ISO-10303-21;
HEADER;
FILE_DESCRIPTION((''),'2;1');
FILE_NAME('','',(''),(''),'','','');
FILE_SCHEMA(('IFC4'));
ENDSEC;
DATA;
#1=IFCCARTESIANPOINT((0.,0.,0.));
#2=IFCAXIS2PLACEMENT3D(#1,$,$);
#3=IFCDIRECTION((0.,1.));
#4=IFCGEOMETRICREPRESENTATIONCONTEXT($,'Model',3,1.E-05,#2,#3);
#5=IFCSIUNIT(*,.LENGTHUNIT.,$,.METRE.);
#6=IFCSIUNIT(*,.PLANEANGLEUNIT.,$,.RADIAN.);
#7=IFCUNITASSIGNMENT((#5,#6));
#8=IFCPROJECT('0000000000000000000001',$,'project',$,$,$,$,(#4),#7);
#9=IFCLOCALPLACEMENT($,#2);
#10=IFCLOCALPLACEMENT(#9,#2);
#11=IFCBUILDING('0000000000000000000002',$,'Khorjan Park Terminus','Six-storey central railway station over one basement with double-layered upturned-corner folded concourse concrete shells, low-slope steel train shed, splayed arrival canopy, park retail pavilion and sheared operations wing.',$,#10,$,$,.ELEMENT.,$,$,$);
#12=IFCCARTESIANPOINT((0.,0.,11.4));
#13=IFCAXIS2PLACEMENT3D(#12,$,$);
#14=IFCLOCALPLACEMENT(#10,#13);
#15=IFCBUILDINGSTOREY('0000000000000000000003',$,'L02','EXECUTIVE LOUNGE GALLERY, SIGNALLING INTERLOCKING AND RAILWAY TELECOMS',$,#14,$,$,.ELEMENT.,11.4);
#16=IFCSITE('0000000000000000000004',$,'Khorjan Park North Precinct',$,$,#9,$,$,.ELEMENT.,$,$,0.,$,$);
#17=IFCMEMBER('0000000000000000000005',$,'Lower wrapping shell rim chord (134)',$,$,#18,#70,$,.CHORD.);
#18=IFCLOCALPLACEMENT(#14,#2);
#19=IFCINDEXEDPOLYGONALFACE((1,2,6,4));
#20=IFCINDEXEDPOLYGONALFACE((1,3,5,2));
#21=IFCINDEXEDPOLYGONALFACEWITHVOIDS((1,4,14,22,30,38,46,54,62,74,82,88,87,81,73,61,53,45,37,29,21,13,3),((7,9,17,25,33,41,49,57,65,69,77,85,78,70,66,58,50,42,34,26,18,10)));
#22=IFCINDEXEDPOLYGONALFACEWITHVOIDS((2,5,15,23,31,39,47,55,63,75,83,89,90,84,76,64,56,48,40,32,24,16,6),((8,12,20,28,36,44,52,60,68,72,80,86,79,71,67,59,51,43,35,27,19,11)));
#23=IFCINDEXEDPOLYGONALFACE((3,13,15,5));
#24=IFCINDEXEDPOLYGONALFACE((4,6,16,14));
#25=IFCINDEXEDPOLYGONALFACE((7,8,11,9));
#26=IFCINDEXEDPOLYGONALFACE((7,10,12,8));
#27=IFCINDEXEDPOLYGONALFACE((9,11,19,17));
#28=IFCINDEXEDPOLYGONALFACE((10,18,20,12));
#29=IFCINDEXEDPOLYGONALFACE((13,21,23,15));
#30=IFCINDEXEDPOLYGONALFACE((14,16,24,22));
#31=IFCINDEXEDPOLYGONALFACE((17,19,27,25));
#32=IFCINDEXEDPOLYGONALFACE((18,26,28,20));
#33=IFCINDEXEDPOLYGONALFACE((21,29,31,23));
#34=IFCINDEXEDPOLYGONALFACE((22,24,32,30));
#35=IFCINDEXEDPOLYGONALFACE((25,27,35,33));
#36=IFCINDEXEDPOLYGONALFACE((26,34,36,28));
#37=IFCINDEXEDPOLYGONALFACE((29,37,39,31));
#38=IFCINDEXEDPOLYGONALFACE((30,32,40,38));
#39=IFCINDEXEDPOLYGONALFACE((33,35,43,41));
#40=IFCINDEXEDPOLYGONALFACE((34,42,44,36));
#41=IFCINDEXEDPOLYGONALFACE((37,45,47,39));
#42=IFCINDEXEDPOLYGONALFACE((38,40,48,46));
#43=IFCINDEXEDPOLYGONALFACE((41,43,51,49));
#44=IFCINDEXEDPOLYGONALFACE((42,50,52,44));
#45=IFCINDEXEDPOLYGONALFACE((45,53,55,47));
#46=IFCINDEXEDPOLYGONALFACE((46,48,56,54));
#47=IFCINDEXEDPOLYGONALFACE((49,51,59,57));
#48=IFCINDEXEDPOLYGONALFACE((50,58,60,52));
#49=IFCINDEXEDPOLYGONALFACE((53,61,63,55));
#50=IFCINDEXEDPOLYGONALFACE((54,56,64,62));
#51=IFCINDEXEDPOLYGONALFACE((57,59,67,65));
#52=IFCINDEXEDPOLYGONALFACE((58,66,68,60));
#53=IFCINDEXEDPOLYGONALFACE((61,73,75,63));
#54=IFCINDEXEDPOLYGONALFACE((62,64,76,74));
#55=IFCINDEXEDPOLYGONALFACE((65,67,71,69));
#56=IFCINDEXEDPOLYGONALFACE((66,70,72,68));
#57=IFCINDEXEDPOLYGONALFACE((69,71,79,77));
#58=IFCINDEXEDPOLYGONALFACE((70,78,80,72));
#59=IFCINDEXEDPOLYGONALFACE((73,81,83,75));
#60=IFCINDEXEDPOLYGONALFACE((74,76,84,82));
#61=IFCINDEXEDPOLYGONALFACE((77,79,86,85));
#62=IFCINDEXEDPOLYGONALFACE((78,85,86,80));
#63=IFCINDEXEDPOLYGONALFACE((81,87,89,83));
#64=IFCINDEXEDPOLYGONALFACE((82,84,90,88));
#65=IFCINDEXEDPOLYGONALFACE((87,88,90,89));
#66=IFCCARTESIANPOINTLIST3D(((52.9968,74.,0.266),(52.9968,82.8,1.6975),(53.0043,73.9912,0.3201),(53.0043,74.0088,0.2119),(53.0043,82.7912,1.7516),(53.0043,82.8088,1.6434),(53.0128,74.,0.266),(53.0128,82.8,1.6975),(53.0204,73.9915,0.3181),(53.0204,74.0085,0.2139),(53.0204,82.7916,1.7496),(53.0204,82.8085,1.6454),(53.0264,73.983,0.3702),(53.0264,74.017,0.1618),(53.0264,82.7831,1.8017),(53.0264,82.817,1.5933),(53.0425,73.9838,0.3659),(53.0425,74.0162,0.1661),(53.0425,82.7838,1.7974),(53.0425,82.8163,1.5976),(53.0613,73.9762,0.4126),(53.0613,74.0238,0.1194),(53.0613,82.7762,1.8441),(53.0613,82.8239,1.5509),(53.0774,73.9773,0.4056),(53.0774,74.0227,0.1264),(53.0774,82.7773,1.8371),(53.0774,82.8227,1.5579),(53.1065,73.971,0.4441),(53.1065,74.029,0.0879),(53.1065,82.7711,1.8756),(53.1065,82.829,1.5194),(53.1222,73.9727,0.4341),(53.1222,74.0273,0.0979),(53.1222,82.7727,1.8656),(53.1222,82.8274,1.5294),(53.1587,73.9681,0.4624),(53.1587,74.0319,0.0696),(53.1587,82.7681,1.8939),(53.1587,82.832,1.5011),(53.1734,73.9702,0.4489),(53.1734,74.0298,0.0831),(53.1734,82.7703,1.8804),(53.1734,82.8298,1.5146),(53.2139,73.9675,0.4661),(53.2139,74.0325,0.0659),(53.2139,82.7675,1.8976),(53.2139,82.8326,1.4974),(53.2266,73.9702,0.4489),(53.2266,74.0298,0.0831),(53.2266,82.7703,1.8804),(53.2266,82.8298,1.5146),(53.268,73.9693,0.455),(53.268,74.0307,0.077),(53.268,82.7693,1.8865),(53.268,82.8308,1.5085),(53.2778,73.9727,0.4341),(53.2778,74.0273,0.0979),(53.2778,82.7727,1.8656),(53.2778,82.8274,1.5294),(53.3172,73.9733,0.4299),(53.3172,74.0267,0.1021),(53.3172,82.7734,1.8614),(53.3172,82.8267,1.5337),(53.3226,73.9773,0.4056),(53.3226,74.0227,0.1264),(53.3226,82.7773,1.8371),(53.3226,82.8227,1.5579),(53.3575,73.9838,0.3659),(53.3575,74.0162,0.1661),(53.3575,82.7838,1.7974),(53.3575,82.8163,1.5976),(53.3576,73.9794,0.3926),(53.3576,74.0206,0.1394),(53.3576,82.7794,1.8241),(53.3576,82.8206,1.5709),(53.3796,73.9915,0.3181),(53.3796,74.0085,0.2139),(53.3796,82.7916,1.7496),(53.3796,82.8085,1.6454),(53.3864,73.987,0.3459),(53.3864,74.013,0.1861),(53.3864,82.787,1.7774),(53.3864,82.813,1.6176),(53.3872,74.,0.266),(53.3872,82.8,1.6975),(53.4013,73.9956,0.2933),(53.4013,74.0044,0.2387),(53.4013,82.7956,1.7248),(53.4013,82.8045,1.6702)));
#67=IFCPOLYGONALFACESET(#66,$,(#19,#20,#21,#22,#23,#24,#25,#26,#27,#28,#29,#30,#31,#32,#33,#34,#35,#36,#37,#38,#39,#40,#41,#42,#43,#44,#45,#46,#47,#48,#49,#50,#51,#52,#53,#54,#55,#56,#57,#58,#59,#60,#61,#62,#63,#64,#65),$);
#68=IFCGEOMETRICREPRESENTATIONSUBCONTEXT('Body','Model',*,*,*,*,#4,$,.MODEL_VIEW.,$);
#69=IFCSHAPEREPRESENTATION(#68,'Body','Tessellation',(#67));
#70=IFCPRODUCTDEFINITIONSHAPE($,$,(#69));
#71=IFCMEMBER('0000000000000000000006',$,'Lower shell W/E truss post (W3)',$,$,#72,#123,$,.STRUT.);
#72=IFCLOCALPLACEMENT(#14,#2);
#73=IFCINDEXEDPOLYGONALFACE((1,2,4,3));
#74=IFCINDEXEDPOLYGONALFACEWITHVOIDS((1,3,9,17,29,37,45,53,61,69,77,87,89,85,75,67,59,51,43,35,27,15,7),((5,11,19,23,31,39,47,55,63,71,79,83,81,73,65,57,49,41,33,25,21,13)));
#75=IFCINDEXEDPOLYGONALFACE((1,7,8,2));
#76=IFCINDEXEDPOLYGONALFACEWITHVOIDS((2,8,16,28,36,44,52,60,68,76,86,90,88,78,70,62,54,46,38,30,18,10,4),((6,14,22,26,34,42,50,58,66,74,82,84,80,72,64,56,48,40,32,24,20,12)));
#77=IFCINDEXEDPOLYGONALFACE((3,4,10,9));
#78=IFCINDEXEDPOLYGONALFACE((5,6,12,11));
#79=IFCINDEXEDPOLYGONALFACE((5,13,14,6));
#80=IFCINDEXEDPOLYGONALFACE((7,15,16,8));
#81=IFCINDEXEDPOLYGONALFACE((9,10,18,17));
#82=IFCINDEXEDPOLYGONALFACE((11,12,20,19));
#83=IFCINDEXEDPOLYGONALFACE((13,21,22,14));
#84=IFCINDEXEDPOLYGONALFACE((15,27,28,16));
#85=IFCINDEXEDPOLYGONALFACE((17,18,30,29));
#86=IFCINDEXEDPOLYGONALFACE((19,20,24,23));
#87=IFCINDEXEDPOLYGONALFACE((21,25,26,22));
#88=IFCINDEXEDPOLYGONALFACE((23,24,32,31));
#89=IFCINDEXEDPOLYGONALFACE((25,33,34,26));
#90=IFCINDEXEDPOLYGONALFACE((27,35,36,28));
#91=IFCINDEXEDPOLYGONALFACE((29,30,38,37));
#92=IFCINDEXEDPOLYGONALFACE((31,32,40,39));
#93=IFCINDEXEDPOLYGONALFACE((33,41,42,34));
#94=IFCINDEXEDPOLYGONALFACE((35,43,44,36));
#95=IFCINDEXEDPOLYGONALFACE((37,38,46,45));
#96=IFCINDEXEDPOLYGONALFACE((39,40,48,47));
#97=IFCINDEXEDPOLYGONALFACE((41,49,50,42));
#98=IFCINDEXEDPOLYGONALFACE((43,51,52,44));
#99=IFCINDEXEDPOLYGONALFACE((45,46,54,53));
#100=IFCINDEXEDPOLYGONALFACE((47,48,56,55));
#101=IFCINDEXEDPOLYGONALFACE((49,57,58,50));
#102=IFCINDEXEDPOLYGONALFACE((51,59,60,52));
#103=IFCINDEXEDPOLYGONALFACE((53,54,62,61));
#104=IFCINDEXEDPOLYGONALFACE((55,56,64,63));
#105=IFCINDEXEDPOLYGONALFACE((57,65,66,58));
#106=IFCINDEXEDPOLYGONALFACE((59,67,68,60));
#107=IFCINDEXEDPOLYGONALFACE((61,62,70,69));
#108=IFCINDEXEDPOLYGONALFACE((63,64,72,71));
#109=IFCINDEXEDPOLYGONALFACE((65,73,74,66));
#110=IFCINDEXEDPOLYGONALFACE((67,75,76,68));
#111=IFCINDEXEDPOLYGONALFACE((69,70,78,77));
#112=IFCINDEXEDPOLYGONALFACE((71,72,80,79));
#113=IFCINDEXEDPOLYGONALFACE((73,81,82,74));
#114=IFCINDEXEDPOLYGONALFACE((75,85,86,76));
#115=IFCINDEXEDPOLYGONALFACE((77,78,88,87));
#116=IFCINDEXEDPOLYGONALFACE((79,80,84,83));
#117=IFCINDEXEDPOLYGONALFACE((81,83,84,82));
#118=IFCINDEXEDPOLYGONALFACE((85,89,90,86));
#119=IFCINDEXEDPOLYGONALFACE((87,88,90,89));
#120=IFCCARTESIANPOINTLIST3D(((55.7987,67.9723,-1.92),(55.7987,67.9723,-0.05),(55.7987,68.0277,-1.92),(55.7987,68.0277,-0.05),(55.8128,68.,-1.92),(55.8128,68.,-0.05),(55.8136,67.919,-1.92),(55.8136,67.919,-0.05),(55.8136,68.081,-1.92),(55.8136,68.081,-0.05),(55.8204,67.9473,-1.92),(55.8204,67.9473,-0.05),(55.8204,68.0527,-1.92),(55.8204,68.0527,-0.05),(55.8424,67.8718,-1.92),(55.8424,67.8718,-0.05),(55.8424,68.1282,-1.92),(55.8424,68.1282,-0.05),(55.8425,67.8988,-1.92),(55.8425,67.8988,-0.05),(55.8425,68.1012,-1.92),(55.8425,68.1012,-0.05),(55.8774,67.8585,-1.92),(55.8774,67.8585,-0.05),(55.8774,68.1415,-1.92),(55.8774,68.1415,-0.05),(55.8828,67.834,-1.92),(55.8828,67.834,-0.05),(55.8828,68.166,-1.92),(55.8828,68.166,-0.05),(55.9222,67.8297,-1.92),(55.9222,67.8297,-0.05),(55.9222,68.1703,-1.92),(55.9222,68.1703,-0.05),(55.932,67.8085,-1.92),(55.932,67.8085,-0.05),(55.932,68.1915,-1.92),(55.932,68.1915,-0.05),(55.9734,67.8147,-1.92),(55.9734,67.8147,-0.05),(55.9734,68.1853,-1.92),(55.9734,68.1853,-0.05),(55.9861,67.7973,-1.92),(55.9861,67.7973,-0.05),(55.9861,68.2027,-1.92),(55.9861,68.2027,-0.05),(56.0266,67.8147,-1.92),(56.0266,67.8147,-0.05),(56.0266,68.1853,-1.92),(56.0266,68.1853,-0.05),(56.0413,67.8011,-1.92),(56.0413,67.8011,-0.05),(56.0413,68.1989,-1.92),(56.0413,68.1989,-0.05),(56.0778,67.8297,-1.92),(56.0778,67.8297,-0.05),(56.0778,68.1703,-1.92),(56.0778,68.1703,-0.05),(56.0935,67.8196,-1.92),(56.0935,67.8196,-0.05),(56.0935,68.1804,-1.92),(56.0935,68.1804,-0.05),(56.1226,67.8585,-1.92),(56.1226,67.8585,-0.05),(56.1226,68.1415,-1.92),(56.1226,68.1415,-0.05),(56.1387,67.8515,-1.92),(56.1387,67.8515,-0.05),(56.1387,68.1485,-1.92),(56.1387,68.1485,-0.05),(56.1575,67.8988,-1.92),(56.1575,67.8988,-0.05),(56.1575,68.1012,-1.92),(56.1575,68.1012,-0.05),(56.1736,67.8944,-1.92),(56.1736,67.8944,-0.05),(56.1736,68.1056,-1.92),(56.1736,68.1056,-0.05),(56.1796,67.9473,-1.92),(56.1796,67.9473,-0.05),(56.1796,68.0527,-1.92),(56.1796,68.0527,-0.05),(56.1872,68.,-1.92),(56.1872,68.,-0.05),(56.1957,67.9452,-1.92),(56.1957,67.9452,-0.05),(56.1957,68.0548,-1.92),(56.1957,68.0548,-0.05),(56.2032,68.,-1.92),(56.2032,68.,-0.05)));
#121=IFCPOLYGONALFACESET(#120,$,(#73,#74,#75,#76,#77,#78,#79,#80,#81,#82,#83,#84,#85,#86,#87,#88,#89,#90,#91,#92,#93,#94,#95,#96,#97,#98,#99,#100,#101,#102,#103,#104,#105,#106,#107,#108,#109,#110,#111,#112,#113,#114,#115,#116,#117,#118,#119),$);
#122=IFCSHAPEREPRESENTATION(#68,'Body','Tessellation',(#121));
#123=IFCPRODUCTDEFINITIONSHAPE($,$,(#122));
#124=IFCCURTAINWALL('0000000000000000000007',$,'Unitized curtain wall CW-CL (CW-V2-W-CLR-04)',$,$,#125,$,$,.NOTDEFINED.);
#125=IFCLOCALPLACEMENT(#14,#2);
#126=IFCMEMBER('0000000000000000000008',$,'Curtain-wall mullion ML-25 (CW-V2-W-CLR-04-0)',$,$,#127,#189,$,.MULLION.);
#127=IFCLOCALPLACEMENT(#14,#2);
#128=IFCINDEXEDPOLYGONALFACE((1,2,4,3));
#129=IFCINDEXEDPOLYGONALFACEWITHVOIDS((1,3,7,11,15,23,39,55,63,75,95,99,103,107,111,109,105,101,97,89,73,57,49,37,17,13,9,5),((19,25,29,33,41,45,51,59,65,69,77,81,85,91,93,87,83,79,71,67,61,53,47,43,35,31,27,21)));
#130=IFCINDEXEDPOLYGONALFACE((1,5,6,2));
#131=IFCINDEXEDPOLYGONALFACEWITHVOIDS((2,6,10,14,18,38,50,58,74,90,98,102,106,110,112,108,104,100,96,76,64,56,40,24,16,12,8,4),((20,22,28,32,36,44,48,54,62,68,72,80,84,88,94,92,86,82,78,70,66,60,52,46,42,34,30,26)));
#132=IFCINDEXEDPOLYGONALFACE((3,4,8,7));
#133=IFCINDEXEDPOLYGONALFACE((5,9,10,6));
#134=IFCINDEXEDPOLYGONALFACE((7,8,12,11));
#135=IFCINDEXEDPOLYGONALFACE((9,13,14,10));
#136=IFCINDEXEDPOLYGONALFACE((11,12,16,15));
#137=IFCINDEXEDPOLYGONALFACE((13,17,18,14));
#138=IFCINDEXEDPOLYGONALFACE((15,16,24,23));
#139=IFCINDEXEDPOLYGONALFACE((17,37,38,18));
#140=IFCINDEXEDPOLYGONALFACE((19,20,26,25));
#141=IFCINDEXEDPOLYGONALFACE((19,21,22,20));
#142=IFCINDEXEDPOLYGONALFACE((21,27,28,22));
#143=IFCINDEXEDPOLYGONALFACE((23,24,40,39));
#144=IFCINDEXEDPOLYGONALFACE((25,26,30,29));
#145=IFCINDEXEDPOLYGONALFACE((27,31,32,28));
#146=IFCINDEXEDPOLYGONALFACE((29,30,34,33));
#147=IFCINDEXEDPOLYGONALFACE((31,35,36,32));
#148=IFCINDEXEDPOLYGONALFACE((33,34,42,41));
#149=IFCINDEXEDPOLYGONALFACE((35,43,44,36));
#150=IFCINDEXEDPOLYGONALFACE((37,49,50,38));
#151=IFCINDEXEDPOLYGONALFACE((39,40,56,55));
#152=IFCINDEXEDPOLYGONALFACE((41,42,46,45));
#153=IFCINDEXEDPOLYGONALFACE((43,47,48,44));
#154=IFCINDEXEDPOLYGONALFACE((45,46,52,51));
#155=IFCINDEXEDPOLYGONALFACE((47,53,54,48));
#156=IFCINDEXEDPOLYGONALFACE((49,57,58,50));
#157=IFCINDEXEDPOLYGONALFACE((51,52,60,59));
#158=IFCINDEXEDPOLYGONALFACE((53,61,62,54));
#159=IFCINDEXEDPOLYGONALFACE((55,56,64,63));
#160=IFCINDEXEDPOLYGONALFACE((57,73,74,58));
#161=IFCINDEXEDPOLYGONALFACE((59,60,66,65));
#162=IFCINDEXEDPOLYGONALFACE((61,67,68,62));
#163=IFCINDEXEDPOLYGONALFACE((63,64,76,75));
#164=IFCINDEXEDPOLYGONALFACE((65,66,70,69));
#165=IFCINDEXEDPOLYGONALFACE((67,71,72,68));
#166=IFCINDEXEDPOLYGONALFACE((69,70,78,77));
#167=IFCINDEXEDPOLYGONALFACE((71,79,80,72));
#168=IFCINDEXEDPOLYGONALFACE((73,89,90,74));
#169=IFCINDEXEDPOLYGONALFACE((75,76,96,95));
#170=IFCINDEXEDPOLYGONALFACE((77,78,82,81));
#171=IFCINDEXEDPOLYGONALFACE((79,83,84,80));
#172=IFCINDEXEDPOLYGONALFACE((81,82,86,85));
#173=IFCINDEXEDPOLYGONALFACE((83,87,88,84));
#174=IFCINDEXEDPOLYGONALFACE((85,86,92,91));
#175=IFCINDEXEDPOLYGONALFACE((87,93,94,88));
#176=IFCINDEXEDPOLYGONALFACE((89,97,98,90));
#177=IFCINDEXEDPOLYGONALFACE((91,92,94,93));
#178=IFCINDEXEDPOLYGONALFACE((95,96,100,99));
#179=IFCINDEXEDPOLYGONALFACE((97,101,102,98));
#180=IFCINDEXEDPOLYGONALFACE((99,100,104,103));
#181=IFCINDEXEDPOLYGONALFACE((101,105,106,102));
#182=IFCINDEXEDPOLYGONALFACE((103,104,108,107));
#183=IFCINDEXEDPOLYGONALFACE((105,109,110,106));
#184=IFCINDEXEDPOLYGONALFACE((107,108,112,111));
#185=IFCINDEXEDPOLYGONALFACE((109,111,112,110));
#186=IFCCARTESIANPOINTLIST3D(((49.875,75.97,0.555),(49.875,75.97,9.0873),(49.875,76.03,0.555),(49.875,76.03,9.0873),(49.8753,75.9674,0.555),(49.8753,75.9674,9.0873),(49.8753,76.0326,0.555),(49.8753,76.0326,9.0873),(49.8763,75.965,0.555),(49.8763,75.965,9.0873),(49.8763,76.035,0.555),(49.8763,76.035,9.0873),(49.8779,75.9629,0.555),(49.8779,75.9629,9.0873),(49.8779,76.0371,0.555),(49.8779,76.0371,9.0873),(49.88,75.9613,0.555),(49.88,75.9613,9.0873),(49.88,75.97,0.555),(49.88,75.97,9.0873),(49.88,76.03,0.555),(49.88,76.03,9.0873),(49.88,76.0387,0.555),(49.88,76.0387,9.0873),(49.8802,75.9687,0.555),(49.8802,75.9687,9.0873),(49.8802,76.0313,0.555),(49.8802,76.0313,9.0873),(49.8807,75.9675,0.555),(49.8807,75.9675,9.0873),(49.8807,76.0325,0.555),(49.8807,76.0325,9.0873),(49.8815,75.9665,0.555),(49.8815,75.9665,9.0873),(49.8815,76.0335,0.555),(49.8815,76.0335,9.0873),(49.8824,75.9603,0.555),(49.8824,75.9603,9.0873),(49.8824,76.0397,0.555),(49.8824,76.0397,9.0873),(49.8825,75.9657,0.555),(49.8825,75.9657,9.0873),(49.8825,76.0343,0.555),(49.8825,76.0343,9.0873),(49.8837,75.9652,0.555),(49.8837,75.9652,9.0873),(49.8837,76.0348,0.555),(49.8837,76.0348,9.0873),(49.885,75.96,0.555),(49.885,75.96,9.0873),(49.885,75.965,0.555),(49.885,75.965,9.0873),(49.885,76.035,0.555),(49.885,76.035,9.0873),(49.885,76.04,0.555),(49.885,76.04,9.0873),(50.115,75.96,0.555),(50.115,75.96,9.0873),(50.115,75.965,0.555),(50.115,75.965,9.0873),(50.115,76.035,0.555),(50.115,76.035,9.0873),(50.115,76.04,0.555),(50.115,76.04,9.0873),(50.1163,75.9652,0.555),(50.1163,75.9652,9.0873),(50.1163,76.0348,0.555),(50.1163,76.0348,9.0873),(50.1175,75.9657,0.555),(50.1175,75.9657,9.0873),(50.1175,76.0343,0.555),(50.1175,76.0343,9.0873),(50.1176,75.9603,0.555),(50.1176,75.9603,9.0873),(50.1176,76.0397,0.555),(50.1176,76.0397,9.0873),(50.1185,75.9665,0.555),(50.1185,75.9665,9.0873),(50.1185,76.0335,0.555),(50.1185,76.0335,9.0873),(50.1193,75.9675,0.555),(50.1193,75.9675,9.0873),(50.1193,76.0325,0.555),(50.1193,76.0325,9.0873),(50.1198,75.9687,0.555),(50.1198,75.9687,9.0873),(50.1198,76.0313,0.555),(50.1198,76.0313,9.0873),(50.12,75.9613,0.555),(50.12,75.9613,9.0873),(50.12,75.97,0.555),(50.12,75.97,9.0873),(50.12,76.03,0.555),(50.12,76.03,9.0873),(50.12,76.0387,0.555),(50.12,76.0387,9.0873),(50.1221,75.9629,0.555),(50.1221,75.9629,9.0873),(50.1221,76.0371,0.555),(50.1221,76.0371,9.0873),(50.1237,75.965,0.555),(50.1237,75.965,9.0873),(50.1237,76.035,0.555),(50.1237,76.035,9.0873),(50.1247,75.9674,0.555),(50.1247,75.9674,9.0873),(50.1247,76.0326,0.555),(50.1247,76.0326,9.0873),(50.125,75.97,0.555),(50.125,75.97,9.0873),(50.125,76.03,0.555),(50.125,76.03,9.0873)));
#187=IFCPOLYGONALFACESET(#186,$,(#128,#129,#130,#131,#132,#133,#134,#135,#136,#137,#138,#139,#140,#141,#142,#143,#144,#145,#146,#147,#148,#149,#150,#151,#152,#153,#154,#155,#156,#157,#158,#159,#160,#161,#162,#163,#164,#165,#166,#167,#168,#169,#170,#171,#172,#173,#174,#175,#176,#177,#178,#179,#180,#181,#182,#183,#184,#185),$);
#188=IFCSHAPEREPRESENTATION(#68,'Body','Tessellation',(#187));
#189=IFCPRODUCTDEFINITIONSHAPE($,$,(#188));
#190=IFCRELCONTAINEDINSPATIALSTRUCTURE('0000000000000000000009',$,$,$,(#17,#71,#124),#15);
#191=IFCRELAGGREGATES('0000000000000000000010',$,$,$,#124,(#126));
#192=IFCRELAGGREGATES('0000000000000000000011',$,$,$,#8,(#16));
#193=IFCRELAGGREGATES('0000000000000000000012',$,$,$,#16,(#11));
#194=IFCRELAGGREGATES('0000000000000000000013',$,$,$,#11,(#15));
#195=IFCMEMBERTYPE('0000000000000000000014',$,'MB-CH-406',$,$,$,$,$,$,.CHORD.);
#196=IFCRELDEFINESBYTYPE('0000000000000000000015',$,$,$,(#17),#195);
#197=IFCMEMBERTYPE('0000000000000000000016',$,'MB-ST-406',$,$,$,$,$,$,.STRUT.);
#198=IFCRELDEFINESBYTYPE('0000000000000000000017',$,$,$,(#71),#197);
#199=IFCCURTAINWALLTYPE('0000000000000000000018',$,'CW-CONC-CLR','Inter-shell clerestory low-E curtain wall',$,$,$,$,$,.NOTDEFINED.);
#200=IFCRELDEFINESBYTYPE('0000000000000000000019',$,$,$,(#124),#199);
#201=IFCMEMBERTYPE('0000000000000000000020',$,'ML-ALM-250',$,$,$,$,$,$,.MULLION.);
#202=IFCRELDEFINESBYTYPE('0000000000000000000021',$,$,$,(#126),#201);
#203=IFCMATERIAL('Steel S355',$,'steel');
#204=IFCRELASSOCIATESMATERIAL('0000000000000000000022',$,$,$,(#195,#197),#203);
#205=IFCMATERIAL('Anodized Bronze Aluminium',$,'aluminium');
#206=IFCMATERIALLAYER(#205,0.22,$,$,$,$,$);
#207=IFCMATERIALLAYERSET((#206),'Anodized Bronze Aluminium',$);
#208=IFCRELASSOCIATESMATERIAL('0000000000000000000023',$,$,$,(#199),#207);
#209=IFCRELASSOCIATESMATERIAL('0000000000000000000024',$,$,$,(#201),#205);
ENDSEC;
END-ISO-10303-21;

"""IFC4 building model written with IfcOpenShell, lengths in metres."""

from ifc_helpers import new_model, si_unit, direction, frame, origin, origin_2d, place, context, subcontext, project, spatial, hollow_rectangle, hollow_circle, extrude, material, layer, layer_set, material_profile, profile_set, type_object, element, aggregate, save


model = new_model("IFC4")

# Units and contexts
model_context = context("Model", 3, precision=1e-05, world=origin(), true_north=direction((0.0, 1.0)))
body_context = subcontext(model_context, "Body", "Model", "MODEL_VIEW")
ifc_project = project(units=[si_unit("LENGTHUNIT", "METRE"), si_unit("PLANEANGLEUNIT", "RADIAN")], contexts=[model_context])

# Site, building, storey
site_placement = place(None, origin())
site = spatial("IfcSite", under=ifc_project, at=site_placement, Name="Khorjan Park North Precinct", CompositionType="ELEMENT", RefElevation=0.0)
building_placement = place(site_placement, origin())
building = spatial("IfcBuilding", under=site, at=building_placement, Name="Khorjan Park Terminus", Description="Six-storey central railway station over one basement with double-layered upturned-corner folded concourse concrete shells, low-slope steel train shed, splayed arrival canopy, park retail pavilion and sheared operations wing.", CompositionType="ELEMENT")
storey_placement = place(building_placement, frame((0.0, 0.0, 11.4)))
storey = spatial("IfcBuildingStorey", under=building, at=storey_placement, Name="L02", Description="EXECUTIVE LOUNGE GALLERY, SIGNALLING INTERLOCKING AND RAILWAY TELECOMS", CompositionType="ELEMENT", Elevation=11.4)

# Members
ifc_material_1 = material(Name="Steel S355", Category="steel")
ifc_material_profile_1 = material_profile(ifc_material_1, hollow_circle(Radius=0.2032, WallThickness=0.016, at=origin_2d()), Name="CHS 406.4x16")
ifc_profile_set_1 = profile_set([ifc_material_profile_1], Name="Steel S355")
member_type_1 = type_object("IfcMemberType", Name="MB-CH-406", PredefinedType="CHORD", material=ifc_profile_set_1)
member_1_placement = place(storey_placement, frame((53.2, 74.0, 0.266), z_axis=(0.0, 0.987026, 0.16056), x_axis=(-1.0, 0.0, 0.0)))
element("IfcMember", 1, at=member_1_placement, inside=storey, type_object=member_type_1, Name="Lower wrapping shell rim chord (134)", PredefinedType="CHORD", context=body_context, shape_type="SweptSolid", body=[
    extrude(hollow_circle(Radius=0.2032, WallThickness=0.016, at=origin_2d()), origin(), (0.0, 0.0, 1.0), 8.9157),
])
ifc_material_profile_2 = material_profile(ifc_material_1, hollow_circle(Radius=0.2032, WallThickness=0.016, at=origin_2d()), Name="CHS 406.4x16")
ifc_profile_set_2 = profile_set([ifc_material_profile_2], Name="Steel S355")
member_type_2 = type_object("IfcMemberType", Name="MB-ST-406", PredefinedType="STRUT", material=ifc_profile_set_2)
member_2_placement = place(storey_placement, frame((56.0, 68.0, -1.92), z_axis=(0.0, 0.0, 1.0), x_axis=(1.0, 0.0, 0.0)))
element("IfcMember", 2, at=member_2_placement, inside=storey, type_object=member_type_2, Name="Lower shell W/E truss post (W3)", PredefinedType="STRUT", context=body_context, shape_type="SweptSolid", body=[
    extrude(hollow_circle(Radius=0.2032, WallThickness=0.016, at=origin_2d()), origin(), (0.0, 0.0, 1.0), 1.87),
])

# Curtain wall, member
ifc_material_2 = material(Name="Anodized Bronze Aluminium", Category="aluminium")
ifc_layer_1 = layer(ifc_material_2, 0.22)
ifc_layer_set_1 = layer_set([ifc_layer_1], Name="Anodized Bronze Aluminium")
curtain_wall_type = type_object("IfcCurtainWallType", Name="CW-CONC-CLR", Description="Inter-shell clerestory low-E curtain wall", PredefinedType="NOTDEFINED", material=ifc_layer_set_1)
curtain_wall_1_placement = place(storey_placement, origin())
curtain_wall_1 = element("IfcCurtainWall", 3, at=curtain_wall_1_placement, inside=storey, type_object=curtain_wall_type, Name="Unitized curtain wall CW-CL (CW-V2-W-CLR-04)", PredefinedType="NOTDEFINED")
ifc_material_profile_3 = material_profile(ifc_material_2, hollow_rectangle(XDim=0.08, YDim=0.25, WallThickness=0.005, InnerFilletRadius=0.005, OuterFilletRadius=0.01, at=origin_2d()), Name="ALM 80x250x5")
ifc_profile_set_3 = profile_set([ifc_material_profile_3], Name="Anodized Bronze Aluminium")
member_type_3 = type_object("IfcMemberType", Name="ML-ALM-250", PredefinedType="MULLION", material=ifc_profile_set_3)
member_3_placement = place(storey_placement, frame((50.0, 76.0, 0.555), z_axis=(0.0, 0.0, 1.0), x_axis=(0.0, -1.0, 0.0)))
member_3 = element("IfcMember", 4, at=member_3_placement, type_object=member_type_3, Name="Curtain-wall mullion ML-25 (CW-V2-W-CLR-04-0)", PredefinedType="MULLION", context=body_context, shape_type="SweptSolid", body=[
    extrude(hollow_rectangle(XDim=0.08, YDim=0.25, WallThickness=0.005, InnerFilletRadius=0.005, OuterFilletRadius=0.01, at=origin_2d()), origin(), (0.0, 0.0, 1.0), 8.5323),
])

aggregate(curtain_wall_1, [member_3])

save(model, "model.ifc")
